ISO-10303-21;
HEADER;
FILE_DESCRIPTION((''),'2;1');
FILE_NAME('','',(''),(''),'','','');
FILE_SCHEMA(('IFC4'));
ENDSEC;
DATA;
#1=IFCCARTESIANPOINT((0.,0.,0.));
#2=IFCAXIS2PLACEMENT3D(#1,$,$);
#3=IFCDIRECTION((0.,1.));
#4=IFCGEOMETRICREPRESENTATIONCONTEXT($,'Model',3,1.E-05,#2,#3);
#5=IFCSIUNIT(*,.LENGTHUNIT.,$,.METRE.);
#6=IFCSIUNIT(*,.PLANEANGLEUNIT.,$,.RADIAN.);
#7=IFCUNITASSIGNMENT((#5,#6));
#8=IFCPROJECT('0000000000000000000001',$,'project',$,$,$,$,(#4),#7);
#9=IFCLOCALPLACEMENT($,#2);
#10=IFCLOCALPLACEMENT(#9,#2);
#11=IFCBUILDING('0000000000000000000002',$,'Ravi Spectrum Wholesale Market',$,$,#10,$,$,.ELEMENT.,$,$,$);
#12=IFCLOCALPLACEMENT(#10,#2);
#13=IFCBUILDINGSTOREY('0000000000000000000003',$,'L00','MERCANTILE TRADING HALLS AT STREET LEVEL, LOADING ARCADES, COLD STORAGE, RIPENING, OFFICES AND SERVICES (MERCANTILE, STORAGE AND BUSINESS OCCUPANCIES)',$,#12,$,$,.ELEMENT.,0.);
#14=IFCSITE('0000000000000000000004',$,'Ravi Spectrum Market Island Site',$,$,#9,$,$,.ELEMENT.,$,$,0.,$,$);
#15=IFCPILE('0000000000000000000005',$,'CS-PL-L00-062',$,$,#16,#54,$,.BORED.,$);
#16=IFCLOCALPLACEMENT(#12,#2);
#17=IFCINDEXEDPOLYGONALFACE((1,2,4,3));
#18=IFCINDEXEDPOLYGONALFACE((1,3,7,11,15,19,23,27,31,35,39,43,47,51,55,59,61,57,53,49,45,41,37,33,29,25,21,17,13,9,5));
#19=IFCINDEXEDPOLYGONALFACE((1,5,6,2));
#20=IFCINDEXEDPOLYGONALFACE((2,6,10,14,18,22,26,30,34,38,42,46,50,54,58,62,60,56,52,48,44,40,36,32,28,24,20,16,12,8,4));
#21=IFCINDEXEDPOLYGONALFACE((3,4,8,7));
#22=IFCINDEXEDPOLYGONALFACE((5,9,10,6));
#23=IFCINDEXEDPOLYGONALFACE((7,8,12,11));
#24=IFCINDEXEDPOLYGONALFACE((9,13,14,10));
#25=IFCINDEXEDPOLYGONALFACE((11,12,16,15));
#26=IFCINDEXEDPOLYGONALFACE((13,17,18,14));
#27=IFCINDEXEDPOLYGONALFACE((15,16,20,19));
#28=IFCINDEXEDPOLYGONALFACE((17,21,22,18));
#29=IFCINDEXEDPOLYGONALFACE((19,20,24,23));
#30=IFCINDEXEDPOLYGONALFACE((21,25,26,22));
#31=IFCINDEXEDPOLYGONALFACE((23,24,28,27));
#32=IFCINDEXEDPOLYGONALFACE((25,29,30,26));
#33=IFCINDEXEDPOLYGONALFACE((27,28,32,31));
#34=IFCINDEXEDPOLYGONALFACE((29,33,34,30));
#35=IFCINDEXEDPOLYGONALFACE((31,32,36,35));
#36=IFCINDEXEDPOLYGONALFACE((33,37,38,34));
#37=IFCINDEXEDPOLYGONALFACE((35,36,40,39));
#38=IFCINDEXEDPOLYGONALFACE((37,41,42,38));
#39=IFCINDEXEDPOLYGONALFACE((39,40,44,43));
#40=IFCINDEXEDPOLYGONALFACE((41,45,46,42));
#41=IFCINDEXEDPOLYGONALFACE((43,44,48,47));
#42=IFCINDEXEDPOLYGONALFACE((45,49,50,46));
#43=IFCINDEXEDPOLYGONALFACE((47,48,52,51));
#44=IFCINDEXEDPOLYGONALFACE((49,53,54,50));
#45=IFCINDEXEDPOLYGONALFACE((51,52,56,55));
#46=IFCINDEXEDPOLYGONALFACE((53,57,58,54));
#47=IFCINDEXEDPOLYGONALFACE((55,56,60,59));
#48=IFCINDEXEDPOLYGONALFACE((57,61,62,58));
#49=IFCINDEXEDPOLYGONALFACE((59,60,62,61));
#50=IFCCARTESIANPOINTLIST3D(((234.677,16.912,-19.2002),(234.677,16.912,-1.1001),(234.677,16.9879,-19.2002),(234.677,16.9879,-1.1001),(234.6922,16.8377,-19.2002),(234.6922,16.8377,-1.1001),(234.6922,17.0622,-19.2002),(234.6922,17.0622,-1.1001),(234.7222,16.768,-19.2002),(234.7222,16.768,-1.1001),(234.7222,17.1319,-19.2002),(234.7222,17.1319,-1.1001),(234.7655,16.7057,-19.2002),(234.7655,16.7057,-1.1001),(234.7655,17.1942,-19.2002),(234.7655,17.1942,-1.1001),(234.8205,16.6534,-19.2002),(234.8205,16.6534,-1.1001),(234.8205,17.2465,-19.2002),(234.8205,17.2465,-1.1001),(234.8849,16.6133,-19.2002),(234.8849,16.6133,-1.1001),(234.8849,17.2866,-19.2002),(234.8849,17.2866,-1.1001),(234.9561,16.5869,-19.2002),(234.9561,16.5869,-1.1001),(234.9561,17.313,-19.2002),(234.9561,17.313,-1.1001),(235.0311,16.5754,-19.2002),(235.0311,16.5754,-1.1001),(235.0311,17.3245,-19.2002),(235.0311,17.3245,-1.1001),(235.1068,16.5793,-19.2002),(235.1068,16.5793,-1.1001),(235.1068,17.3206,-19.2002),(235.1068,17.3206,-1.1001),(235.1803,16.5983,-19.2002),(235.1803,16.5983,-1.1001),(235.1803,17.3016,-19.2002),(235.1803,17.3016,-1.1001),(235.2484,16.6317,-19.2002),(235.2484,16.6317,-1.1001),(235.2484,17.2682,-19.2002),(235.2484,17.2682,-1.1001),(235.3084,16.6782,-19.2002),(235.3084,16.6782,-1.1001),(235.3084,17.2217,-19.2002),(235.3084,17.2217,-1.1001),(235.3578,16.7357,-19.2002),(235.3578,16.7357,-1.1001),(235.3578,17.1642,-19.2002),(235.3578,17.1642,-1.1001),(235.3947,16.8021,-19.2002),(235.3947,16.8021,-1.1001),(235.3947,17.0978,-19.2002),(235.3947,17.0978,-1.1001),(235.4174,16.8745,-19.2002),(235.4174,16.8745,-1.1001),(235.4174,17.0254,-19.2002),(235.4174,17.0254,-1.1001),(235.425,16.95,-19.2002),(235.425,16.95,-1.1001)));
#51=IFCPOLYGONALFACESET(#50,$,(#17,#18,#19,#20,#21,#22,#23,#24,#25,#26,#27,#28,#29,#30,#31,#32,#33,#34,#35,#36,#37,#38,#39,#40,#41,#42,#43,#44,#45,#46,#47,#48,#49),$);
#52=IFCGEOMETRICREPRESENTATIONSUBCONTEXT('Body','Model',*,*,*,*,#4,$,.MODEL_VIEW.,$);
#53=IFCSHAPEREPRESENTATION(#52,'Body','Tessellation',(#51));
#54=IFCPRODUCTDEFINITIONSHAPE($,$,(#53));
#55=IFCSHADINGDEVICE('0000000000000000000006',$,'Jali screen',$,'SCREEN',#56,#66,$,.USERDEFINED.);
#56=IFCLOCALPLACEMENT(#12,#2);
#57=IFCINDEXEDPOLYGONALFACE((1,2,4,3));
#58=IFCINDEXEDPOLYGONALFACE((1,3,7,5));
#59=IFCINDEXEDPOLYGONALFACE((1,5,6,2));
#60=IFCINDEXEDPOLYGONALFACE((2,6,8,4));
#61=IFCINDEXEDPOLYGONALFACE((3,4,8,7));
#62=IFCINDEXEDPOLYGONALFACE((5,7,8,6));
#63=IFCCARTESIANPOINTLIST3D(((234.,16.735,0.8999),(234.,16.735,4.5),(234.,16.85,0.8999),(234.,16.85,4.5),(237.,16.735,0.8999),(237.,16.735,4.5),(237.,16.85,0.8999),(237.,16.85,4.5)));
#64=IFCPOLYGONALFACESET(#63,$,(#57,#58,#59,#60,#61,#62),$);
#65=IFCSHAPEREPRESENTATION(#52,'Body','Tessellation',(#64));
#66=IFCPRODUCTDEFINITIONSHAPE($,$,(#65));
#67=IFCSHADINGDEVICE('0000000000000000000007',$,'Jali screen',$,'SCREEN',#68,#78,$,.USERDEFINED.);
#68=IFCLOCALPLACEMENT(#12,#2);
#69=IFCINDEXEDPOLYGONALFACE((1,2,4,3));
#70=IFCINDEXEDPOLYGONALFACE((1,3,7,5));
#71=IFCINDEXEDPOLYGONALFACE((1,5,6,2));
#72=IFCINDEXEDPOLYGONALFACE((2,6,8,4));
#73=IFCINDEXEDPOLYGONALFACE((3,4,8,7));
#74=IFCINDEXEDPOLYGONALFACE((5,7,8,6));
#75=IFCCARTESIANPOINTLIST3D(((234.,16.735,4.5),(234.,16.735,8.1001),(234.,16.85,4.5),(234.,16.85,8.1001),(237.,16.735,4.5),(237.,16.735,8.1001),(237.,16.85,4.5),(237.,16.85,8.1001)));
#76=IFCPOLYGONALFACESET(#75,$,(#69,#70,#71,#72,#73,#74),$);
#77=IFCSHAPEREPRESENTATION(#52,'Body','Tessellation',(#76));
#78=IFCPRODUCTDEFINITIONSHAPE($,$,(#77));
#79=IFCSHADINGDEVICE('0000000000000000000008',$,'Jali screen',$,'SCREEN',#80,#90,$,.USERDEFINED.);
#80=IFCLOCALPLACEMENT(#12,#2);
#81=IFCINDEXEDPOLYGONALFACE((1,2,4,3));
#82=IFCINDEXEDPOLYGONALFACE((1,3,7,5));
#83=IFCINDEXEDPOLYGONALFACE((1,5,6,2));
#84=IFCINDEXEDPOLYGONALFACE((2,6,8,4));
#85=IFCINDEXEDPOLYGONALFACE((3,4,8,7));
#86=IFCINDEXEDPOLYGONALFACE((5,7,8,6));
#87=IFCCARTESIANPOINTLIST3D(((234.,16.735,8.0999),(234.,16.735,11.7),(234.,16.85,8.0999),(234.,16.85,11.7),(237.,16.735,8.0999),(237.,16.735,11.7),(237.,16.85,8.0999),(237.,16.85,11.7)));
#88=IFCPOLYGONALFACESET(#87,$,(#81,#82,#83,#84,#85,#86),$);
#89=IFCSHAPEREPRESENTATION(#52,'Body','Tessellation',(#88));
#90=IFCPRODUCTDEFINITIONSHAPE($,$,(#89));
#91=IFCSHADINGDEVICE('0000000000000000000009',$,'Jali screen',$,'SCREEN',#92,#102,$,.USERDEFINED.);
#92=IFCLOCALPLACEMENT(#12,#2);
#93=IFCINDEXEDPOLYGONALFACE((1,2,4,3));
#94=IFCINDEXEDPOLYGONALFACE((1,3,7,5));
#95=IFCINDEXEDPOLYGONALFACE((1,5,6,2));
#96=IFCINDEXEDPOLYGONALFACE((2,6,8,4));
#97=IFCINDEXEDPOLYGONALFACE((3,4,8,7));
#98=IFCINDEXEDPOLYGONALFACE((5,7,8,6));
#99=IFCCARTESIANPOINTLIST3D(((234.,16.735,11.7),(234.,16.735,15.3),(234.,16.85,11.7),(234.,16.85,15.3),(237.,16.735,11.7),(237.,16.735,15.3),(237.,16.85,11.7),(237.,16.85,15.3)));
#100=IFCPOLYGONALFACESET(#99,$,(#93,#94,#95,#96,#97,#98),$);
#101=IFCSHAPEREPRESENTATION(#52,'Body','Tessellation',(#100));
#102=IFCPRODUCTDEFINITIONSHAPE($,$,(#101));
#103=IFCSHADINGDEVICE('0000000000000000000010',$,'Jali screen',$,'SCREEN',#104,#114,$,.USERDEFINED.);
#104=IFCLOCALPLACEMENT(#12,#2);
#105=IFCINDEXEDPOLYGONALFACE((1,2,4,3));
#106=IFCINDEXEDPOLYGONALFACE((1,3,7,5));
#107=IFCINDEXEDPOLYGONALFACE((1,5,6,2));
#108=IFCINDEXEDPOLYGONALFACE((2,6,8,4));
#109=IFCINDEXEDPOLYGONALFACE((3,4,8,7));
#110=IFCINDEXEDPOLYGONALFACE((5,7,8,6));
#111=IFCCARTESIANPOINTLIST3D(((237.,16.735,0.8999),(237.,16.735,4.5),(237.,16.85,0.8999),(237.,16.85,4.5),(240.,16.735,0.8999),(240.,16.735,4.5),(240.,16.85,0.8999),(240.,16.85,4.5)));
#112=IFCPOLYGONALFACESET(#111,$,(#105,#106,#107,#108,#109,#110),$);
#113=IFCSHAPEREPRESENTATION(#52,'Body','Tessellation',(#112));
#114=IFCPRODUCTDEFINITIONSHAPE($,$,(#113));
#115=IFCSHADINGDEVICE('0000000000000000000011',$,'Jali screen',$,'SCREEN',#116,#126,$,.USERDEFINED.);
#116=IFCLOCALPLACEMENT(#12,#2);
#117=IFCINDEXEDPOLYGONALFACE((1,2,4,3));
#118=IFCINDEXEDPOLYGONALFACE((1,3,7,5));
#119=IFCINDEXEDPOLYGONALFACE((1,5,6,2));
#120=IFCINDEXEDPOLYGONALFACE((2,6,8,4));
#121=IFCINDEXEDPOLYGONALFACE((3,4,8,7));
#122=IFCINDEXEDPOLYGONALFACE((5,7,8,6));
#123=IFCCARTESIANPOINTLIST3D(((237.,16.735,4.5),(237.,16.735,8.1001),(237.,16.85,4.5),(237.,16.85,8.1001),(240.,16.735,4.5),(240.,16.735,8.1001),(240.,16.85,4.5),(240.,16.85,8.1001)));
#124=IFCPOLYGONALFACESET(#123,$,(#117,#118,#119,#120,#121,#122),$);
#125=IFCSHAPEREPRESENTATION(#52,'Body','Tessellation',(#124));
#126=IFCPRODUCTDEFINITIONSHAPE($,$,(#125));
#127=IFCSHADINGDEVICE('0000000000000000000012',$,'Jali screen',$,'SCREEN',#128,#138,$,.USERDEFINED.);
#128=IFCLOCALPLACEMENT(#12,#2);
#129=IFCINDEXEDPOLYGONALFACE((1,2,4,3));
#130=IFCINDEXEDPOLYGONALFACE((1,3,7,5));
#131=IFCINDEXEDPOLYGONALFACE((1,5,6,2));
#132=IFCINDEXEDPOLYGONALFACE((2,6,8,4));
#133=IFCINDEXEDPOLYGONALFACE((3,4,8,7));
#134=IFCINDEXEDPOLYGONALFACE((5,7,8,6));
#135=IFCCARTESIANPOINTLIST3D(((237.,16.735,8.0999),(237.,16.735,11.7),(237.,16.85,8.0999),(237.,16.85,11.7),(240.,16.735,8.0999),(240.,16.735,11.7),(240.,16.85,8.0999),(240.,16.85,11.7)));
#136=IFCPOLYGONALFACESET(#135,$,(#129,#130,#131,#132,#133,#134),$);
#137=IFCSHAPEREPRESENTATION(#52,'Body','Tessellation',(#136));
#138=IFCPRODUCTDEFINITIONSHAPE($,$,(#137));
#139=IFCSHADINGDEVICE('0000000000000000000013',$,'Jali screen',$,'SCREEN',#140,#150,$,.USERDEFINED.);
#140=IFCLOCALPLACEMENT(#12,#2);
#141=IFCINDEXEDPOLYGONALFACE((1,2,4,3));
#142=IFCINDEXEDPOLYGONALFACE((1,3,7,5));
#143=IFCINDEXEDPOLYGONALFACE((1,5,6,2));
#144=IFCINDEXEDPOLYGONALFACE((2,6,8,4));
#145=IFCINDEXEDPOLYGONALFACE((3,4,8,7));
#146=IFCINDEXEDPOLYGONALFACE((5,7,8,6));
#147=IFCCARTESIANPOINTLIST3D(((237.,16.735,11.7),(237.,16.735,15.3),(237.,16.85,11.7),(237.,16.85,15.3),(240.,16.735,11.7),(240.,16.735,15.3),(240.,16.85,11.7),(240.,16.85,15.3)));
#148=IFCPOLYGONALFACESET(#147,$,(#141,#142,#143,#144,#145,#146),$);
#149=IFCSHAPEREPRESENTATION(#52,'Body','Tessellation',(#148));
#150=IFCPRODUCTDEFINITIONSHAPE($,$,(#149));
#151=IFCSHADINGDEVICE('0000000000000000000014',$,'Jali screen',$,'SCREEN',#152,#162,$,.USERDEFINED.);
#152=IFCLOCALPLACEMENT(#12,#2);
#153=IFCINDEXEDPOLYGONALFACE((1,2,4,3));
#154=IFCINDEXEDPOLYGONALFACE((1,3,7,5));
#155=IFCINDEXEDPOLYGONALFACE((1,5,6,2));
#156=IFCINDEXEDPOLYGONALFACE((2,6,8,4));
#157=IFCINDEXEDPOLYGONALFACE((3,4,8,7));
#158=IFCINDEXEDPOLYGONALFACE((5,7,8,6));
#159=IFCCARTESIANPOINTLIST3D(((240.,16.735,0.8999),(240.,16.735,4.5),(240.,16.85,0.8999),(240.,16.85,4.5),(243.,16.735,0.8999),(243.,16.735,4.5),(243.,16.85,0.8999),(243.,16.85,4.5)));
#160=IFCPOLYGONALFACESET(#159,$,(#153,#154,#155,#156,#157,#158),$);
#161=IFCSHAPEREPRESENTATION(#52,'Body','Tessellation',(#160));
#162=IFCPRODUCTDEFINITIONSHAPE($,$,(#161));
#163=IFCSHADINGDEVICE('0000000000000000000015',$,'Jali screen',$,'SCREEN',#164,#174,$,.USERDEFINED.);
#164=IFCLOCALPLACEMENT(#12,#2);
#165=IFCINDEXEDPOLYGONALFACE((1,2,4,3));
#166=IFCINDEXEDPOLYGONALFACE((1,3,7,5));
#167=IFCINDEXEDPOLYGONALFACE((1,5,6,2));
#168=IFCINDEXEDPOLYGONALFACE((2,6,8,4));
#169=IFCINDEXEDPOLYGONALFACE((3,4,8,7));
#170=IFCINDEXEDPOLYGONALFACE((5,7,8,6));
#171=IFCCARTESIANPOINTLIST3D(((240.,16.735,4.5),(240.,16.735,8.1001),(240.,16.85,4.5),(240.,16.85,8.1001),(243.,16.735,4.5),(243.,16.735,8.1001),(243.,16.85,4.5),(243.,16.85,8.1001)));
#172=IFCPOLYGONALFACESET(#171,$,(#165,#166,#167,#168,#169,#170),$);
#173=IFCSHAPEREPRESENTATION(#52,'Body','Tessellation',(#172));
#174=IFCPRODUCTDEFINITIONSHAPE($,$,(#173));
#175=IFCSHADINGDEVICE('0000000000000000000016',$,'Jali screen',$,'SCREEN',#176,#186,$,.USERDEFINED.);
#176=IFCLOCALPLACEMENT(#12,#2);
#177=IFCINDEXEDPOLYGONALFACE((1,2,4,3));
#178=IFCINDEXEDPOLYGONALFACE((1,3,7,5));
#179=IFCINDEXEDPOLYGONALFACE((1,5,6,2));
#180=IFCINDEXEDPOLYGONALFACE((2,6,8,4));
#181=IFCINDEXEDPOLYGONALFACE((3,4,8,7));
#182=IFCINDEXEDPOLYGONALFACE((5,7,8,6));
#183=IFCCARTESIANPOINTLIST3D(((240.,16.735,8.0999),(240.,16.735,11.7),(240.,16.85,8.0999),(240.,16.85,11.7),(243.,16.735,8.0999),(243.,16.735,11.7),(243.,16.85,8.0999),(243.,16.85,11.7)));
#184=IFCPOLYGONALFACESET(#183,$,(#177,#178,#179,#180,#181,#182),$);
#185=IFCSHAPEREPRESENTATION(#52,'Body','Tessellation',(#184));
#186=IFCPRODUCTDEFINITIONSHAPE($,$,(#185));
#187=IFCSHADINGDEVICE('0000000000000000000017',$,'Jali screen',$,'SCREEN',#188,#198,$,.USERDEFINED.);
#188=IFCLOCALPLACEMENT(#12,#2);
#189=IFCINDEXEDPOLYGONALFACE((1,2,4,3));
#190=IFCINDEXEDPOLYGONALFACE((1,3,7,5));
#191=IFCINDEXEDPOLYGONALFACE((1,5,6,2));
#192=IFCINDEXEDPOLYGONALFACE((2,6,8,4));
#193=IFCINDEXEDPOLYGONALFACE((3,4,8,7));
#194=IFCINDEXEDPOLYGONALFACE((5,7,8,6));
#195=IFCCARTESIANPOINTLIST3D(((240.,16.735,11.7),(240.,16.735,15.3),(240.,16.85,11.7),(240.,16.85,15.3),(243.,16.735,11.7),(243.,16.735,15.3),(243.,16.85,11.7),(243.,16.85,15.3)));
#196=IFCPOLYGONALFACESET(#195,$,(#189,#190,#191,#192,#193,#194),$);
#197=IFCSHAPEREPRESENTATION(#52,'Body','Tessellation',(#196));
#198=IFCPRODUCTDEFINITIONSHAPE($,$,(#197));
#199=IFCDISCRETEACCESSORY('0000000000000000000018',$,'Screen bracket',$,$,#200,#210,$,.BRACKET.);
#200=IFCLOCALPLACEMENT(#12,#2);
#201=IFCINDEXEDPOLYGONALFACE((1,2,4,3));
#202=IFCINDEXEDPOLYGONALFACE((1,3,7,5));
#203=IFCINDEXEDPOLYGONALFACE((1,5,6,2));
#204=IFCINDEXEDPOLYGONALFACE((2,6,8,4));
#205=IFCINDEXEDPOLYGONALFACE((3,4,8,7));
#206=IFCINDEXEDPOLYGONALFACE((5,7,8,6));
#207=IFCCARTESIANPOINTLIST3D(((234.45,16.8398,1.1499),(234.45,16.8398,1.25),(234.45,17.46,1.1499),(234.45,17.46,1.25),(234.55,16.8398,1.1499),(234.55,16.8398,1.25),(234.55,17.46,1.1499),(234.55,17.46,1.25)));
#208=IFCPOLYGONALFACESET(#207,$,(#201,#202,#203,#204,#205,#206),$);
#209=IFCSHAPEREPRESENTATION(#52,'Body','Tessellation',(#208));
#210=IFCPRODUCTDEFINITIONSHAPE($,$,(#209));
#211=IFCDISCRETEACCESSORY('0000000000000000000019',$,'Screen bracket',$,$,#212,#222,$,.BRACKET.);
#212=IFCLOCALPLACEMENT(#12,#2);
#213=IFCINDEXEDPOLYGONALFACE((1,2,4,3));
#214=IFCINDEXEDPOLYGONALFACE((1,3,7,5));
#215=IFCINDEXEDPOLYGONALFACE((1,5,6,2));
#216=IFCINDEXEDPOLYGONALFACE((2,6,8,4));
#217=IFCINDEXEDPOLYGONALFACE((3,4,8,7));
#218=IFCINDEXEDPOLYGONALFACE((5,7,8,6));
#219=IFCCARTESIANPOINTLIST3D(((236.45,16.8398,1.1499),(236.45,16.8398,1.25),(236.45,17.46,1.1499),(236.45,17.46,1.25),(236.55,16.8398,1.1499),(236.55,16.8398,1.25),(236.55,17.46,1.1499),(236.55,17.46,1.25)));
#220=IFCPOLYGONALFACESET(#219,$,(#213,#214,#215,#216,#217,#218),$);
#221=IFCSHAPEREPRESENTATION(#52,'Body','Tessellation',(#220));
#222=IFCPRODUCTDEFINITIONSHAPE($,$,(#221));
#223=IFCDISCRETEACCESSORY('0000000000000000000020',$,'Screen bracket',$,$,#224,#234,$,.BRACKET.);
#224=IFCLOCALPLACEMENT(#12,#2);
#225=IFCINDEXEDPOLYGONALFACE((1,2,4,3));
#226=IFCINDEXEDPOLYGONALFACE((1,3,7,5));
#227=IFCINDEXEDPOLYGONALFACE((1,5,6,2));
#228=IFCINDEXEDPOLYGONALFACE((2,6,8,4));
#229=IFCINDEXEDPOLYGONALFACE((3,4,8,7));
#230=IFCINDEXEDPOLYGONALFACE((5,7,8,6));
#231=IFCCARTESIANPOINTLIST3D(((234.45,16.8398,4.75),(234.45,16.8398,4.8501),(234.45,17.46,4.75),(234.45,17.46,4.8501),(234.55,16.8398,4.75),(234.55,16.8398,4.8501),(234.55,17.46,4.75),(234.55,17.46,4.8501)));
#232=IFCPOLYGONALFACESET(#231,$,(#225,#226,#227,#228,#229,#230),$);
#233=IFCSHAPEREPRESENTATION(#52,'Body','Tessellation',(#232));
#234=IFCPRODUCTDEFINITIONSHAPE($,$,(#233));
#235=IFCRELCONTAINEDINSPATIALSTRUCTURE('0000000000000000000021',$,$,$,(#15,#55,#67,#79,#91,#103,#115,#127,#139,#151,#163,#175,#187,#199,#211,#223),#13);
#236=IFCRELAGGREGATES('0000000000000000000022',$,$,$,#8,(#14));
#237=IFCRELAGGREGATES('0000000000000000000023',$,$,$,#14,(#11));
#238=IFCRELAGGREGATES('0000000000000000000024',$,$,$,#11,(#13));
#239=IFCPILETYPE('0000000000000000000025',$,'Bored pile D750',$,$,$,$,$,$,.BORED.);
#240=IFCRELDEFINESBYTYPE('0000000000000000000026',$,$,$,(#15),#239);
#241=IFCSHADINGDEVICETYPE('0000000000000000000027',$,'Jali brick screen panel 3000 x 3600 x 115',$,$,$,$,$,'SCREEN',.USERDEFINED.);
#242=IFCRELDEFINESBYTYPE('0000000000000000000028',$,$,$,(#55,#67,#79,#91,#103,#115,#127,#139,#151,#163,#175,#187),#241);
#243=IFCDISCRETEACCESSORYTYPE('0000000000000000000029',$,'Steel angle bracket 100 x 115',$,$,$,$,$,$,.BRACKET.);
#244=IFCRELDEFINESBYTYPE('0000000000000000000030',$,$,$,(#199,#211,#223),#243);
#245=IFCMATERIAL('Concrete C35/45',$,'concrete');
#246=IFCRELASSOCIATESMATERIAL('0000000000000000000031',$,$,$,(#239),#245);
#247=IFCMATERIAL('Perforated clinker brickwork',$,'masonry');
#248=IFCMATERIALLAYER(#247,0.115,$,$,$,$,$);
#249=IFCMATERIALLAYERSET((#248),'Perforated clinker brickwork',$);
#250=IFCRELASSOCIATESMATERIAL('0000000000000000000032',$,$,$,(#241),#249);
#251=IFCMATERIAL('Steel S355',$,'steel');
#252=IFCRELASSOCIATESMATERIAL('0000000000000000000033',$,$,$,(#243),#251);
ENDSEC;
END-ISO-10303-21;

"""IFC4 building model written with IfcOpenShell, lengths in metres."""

from ifc_helpers import new_model, si_unit, direction, frame, origin, origin_2d, place, context, subcontext, project, spatial, rectangle, circle, extrude, material, layer, layer_set, material_profile, profile_set, type_object, element, save


model = new_model("IFC4")

# Units and contexts
model_context = context("Model", 3, precision=1e-05, world=origin(), true_north=direction((0.0, 1.0)))
body_context = subcontext(model_context, "Body", "Model", "MODEL_VIEW")
ifc_project = project(units=[si_unit("LENGTHUNIT", "METRE"), si_unit("PLANEANGLEUNIT", "RADIAN")], contexts=[model_context])

# Site, building, storey
site_placement = place(None, origin())
site = spatial("IfcSite", under=ifc_project, at=site_placement, Name="Ravi Spectrum Market Island Site", CompositionType="ELEMENT", RefElevation=0.0)
building_placement = place(site_placement, origin())
building = spatial("IfcBuilding", under=site, at=building_placement, Name="Ravi Spectrum Wholesale Market", CompositionType="ELEMENT")
storey_placement = place(building_placement, origin())
storey = spatial("IfcBuildingStorey", under=building, at=storey_placement, Name="L00", Description="MERCANTILE TRADING HALLS AT STREET LEVEL, LOADING ARCADES, COLD STORAGE, RIPENING, OFFICES AND SERVICES (MERCANTILE, STORAGE AND BUSINESS OCCUPANCIES)", CompositionType="ELEMENT", Elevation=0.0)

# Pile
ifc_material_1 = material(Name="Concrete C35/45", Category="concrete")
ifc_material_profile = material_profile(ifc_material_1, circle(Radius=0.375, at=origin_2d()))
ifc_profile_set = profile_set([ifc_material_profile], Name="Concrete C35/45")
pile_type = type_object("IfcPileType", Name="Bored pile D750", PredefinedType="BORED", material=ifc_profile_set)
pile_placement = place(storey_placement, frame((235.05, 16.95, -1.1001), z_axis=(0.0, 0.0, -1.0), x_axis=(1.0, 0.0, 0.0)))
element("IfcPile", 1, at=pile_placement, inside=storey, type_object=pile_type, Name="CS-PL-L00-062", PredefinedType="BORED", context=body_context, shape_type="SweptSolid", body=[
    extrude(circle(Radius=0.375, at=origin_2d()), origin(), (0.0, 0.0, 1.0), 18.1001),
])

# Shading devices
ifc_material_2 = material(Name="Perforated clinker brickwork", Category="masonry")
ifc_layer = layer(ifc_material_2, 0.115)
ifc_layer_set = layer_set([ifc_layer], Name="Perforated clinker brickwork")
shading_device_type = type_object("IfcShadingDeviceType", Name="Jali brick screen panel 3000 x 3600 x 115", ElementType="SCREEN", PredefinedType="USERDEFINED", material=ifc_layer_set)
for number, where, z_axis, x_axis, name in (
    (2, (235.5, 16.7925, 0.8999), (0.0, 0.0, 1.0), (1.0, 0.0, 0.0), "Jali screen"),
    (3, (235.5, 16.7925, 4.5), (0.0, 0.0, 1.0), (1.0, 0.0, 0.0), "Jali screen"),
    (4, (235.5, 16.7925, 8.0999), (0.0, 0.0, 1.0), (1.0, 0.0, 0.0), "Jali screen"),
    (5, (235.5, 16.7925, 11.7), (0.0, 0.0, 1.0), (1.0, 0.0, 0.0), "Jali screen"),
    (6, (238.5, 16.7925, 0.8999), (0.0, 0.0, 1.0), (1.0, 0.0, 0.0), "Jali screen"),
    (7, (238.5, 16.7925, 4.5), (0.0, 0.0, 1.0), (1.0, 0.0, 0.0), "Jali screen"),
    (8, (238.5, 16.7925, 8.0999), (0.0, 0.0, 1.0), (1.0, 0.0, 0.0), "Jali screen"),
    (9, (238.5, 16.7925, 11.7), (0.0, 0.0, 1.0), (1.0, 0.0, 0.0), "Jali screen"),
    (10, (241.5, 16.7925, 0.8999), (0.0, 0.0, 1.0), (1.0, 0.0, 0.0), "Jali screen"),
    (11, (241.5, 16.7925, 4.5), (0.0, 0.0, 1.0), (1.0, 0.0, 0.0), "Jali screen"),
    (12, (241.5, 16.7925, 8.0999), (0.0, 0.0, 1.0), (1.0, 0.0, 0.0), "Jali screen"),
    (13, (241.5, 16.7925, 11.7), (0.0, 0.0, 1.0), (1.0, 0.0, 0.0), "Jali screen"),
):
    element("IfcShadingDevice", number, at=place(storey_placement, frame(where, z_axis=z_axis, x_axis=x_axis)), inside=storey, type_object=shading_device_type, Name=name, ObjectType="SCREEN", PredefinedType="USERDEFINED", context=body_context, shape_type="SweptSolid", body=[
        extrude(rectangle(XDim=3.0, YDim=0.115, at=origin_2d()), origin(), (0.0, 0.0, 1.0), 3.6001),
    ])

# Discrete accessories
ifc_material_3 = material(Name="Steel S355", Category="steel")
discrete_accessory_type = type_object("IfcDiscreteAccessoryType", Name="Steel angle bracket 100 x 115", PredefinedType="BRACKET", material=ifc_material_3)
for number, where, z_axis, x_axis, name in (
    (14, (234.5, 17.1499, 1.1499), (0.0, 0.0, 1.0), (1.0, 0.0, 0.0), "Screen bracket"),
    (15, (236.5, 17.1499, 1.1499), (0.0, 0.0, 1.0), (1.0, 0.0, 0.0), "Screen bracket"),
    (16, (234.5, 17.1499, 4.75), (0.0, 0.0, 1.0), (1.0, 0.0, 0.0), "Screen bracket"),
):
    element("IfcDiscreteAccessory", number, at=place(storey_placement, frame(where, z_axis=z_axis, x_axis=x_axis)), inside=storey, type_object=discrete_accessory_type, Name=name, PredefinedType="BRACKET", context=body_context, shape_type="SweptSolid", body=[
        extrude(rectangle(XDim=0.1001, YDim=0.6201, at=origin_2d()), origin(), (0.0, 0.0, 1.0), 0.1001),
    ])

save(model, "model.ifc")
